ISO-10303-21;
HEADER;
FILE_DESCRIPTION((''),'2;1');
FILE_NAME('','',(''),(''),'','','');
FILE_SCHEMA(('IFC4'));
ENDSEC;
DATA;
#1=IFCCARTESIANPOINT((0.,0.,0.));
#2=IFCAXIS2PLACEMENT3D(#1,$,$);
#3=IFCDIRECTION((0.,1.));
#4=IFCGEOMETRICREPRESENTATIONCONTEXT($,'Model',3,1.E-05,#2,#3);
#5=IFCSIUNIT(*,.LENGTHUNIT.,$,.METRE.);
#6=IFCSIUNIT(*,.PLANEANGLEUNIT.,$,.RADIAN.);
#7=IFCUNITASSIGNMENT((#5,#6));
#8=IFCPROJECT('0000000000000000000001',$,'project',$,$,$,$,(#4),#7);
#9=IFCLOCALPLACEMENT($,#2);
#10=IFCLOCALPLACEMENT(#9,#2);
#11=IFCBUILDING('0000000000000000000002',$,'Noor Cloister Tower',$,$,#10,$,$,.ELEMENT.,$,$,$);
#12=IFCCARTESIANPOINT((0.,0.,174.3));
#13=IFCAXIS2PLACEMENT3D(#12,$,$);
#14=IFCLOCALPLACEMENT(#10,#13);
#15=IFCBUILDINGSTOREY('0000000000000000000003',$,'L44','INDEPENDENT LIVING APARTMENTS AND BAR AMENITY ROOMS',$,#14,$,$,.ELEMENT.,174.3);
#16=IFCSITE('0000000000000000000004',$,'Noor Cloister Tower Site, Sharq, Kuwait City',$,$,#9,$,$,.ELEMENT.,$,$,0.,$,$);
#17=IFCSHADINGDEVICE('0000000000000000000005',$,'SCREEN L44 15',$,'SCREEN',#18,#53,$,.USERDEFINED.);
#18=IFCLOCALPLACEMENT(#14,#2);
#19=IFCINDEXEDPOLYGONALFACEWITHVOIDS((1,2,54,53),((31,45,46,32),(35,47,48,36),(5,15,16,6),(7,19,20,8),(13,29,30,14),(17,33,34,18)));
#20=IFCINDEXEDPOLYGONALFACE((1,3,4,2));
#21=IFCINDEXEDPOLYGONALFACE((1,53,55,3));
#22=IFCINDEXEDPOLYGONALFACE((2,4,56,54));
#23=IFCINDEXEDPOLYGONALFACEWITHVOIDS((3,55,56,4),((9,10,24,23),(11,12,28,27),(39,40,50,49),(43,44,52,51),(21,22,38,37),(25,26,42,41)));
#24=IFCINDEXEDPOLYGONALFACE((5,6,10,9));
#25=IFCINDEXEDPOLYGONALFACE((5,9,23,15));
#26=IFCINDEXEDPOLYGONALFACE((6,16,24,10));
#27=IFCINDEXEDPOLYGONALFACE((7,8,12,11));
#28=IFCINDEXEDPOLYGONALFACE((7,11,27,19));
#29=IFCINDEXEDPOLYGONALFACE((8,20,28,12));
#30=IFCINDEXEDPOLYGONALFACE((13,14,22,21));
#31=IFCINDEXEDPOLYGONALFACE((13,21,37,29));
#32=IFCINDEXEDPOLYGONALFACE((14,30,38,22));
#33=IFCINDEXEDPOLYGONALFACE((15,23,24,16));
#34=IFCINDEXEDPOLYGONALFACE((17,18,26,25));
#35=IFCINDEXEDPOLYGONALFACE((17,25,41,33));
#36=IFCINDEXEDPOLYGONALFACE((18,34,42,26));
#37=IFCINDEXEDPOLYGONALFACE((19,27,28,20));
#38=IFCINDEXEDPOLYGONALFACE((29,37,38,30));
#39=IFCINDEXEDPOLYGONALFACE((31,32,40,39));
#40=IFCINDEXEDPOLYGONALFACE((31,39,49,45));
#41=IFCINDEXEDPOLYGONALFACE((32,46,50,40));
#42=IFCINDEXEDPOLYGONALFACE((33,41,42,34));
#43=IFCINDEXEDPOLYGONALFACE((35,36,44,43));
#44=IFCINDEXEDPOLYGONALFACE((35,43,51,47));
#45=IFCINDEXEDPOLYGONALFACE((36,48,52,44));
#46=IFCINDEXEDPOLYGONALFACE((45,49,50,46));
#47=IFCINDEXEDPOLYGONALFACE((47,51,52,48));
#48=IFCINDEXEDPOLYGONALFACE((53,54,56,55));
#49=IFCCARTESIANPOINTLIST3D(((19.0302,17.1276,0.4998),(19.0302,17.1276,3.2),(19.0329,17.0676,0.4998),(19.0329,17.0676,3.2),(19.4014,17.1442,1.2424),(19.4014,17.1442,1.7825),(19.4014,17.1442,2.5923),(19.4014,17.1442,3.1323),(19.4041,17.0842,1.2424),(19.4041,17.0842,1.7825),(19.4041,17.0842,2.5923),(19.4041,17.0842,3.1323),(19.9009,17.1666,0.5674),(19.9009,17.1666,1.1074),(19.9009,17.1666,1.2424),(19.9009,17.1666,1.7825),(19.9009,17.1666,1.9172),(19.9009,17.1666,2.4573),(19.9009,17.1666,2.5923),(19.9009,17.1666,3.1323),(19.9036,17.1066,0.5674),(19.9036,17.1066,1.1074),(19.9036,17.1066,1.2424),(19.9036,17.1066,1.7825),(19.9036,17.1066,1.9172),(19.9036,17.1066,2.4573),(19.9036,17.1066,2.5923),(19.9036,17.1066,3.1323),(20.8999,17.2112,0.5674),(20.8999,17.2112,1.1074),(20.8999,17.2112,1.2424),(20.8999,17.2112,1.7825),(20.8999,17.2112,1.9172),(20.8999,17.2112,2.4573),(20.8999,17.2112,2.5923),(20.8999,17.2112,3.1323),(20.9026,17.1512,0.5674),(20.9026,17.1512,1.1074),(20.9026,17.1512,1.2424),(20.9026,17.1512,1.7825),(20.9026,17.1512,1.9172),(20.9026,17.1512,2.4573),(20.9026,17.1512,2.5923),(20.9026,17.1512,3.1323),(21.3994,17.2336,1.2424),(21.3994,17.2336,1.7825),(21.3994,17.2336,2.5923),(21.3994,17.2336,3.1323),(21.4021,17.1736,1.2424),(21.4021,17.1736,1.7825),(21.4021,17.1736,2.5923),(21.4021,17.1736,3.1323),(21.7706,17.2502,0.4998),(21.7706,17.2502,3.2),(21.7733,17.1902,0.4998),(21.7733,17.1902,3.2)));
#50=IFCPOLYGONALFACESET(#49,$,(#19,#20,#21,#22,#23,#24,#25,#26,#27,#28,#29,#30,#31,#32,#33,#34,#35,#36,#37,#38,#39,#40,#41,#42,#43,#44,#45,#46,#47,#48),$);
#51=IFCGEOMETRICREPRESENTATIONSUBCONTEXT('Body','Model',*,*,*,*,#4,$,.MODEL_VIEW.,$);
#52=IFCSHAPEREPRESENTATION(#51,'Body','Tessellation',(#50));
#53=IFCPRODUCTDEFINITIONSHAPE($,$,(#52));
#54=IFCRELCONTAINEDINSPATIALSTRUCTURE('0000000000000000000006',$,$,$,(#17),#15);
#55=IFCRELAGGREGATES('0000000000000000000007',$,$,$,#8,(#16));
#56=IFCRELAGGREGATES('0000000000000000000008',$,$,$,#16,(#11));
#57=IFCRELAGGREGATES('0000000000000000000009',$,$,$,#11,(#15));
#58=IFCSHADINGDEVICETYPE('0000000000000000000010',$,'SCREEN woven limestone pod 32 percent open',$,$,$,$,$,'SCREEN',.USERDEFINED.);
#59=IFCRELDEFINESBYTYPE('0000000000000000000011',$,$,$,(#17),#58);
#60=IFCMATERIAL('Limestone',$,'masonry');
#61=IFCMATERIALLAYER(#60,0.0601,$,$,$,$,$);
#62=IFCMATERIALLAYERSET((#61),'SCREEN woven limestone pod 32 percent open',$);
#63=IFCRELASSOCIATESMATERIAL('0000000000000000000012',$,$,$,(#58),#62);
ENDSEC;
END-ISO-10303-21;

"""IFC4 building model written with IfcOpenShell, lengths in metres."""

from ifc_helpers import new_model, si_unit, direction, frame, origin, place, context, subcontext, project, spatial, polyline, outline, extrude, material, layer, layer_set, type_object, element, save


model = new_model("IFC4")

# Units and contexts
model_context = context("Model", 3, precision=1e-05, world=origin(), true_north=direction((0.0, 1.0)))
body_context = subcontext(model_context, "Body", "Model", "MODEL_VIEW")
ifc_project = project(units=[si_unit("LENGTHUNIT", "METRE"), si_unit("PLANEANGLEUNIT", "RADIAN")], contexts=[model_context])

# Site, building, storey
site_placement = place(None, origin())
site = spatial("IfcSite", under=ifc_project, at=site_placement, Name="Noor Cloister Tower Site, Sharq, Kuwait City", CompositionType="ELEMENT", RefElevation=0.0)
building_placement = place(site_placement, origin())
building = spatial("IfcBuilding", under=site, at=building_placement, Name="Noor Cloister Tower", CompositionType="ELEMENT")
storey_placement = place(building_placement, frame((0.0, 0.0, 174.3)))
storey = spatial("IfcBuildingStorey", under=building, at=storey_placement, Name="L44", Description="INDEPENDENT LIVING APARTMENTS AND BAR AMENITY ROOMS", CompositionType="ELEMENT", Elevation=174.3)

# Shading device
ifc_material_1 = material(Name="Limestone", Category="masonry")
ifc_layer_1 = layer(ifc_material_1, 0.0601)
ifc_layer_set_1 = layer_set([ifc_layer_1], Name="SCREEN woven limestone pod 32 percent open")
shading_device_type = type_object("IfcShadingDeviceType", Name="SCREEN woven limestone pod 32 percent open", ElementType="SCREEN", PredefinedType="USERDEFINED", material=ifc_layer_set_1)
shading_device_1_placement = place(storey_placement, frame((20.4031, 17.1289, 1.8499), z_axis=(-0.044671, 0.999002, 0.0), x_axis=(-0.999002, -0.044671, 0.0)))
element("IfcShadingDevice", 1, at=shading_device_1_placement, inside=storey, type_object=shading_device_type, Name="SCREEN L44 15", ObjectType="SCREEN", PredefinedType="USERDEFINED", context=body_context, shape_type="SweptSolid", body=[
    extrude(outline(polyline([(-1.3716, -1.3501), (1.3716, -1.3501), (1.3716, 1.3501), (-1.3716, 1.3501), (-1.3716, -1.3501)]), holes=[polyline([(-0.5, -1.2825), (0.5, -1.2825), (0.5, -0.7424), (-0.5, -0.7424), (-0.5, -1.2825)]), polyline([(-1.0, -0.6074), (-0.5, -0.6074), (-0.5, -0.0674), (-1.0, -0.0674), (-1.0, -0.6074)]), polyline([(0.5, -0.6074), (1.0, -0.6074), (1.0, -0.0674), (0.5, -0.0674), (0.5, -0.6074)]), polyline([(-0.5, 0.0674), (0.5, 0.0674), (0.5, 0.6074), (-0.5, 0.6074), (-0.5, 0.0674)]), polyline([(-1.0, 0.7424), (-0.5, 0.7424), (-0.5, 1.2825), (-1.0, 1.2825), (-1.0, 0.7424)]), polyline([(0.5, 0.7424), (1.0, 0.7424), (1.0, 1.2825), (0.5, 1.2825), (0.5, 0.7424)])]), origin(), (0.0, 0.0, 1.0), 0.0601),
])

save(model, "model.ifc")
